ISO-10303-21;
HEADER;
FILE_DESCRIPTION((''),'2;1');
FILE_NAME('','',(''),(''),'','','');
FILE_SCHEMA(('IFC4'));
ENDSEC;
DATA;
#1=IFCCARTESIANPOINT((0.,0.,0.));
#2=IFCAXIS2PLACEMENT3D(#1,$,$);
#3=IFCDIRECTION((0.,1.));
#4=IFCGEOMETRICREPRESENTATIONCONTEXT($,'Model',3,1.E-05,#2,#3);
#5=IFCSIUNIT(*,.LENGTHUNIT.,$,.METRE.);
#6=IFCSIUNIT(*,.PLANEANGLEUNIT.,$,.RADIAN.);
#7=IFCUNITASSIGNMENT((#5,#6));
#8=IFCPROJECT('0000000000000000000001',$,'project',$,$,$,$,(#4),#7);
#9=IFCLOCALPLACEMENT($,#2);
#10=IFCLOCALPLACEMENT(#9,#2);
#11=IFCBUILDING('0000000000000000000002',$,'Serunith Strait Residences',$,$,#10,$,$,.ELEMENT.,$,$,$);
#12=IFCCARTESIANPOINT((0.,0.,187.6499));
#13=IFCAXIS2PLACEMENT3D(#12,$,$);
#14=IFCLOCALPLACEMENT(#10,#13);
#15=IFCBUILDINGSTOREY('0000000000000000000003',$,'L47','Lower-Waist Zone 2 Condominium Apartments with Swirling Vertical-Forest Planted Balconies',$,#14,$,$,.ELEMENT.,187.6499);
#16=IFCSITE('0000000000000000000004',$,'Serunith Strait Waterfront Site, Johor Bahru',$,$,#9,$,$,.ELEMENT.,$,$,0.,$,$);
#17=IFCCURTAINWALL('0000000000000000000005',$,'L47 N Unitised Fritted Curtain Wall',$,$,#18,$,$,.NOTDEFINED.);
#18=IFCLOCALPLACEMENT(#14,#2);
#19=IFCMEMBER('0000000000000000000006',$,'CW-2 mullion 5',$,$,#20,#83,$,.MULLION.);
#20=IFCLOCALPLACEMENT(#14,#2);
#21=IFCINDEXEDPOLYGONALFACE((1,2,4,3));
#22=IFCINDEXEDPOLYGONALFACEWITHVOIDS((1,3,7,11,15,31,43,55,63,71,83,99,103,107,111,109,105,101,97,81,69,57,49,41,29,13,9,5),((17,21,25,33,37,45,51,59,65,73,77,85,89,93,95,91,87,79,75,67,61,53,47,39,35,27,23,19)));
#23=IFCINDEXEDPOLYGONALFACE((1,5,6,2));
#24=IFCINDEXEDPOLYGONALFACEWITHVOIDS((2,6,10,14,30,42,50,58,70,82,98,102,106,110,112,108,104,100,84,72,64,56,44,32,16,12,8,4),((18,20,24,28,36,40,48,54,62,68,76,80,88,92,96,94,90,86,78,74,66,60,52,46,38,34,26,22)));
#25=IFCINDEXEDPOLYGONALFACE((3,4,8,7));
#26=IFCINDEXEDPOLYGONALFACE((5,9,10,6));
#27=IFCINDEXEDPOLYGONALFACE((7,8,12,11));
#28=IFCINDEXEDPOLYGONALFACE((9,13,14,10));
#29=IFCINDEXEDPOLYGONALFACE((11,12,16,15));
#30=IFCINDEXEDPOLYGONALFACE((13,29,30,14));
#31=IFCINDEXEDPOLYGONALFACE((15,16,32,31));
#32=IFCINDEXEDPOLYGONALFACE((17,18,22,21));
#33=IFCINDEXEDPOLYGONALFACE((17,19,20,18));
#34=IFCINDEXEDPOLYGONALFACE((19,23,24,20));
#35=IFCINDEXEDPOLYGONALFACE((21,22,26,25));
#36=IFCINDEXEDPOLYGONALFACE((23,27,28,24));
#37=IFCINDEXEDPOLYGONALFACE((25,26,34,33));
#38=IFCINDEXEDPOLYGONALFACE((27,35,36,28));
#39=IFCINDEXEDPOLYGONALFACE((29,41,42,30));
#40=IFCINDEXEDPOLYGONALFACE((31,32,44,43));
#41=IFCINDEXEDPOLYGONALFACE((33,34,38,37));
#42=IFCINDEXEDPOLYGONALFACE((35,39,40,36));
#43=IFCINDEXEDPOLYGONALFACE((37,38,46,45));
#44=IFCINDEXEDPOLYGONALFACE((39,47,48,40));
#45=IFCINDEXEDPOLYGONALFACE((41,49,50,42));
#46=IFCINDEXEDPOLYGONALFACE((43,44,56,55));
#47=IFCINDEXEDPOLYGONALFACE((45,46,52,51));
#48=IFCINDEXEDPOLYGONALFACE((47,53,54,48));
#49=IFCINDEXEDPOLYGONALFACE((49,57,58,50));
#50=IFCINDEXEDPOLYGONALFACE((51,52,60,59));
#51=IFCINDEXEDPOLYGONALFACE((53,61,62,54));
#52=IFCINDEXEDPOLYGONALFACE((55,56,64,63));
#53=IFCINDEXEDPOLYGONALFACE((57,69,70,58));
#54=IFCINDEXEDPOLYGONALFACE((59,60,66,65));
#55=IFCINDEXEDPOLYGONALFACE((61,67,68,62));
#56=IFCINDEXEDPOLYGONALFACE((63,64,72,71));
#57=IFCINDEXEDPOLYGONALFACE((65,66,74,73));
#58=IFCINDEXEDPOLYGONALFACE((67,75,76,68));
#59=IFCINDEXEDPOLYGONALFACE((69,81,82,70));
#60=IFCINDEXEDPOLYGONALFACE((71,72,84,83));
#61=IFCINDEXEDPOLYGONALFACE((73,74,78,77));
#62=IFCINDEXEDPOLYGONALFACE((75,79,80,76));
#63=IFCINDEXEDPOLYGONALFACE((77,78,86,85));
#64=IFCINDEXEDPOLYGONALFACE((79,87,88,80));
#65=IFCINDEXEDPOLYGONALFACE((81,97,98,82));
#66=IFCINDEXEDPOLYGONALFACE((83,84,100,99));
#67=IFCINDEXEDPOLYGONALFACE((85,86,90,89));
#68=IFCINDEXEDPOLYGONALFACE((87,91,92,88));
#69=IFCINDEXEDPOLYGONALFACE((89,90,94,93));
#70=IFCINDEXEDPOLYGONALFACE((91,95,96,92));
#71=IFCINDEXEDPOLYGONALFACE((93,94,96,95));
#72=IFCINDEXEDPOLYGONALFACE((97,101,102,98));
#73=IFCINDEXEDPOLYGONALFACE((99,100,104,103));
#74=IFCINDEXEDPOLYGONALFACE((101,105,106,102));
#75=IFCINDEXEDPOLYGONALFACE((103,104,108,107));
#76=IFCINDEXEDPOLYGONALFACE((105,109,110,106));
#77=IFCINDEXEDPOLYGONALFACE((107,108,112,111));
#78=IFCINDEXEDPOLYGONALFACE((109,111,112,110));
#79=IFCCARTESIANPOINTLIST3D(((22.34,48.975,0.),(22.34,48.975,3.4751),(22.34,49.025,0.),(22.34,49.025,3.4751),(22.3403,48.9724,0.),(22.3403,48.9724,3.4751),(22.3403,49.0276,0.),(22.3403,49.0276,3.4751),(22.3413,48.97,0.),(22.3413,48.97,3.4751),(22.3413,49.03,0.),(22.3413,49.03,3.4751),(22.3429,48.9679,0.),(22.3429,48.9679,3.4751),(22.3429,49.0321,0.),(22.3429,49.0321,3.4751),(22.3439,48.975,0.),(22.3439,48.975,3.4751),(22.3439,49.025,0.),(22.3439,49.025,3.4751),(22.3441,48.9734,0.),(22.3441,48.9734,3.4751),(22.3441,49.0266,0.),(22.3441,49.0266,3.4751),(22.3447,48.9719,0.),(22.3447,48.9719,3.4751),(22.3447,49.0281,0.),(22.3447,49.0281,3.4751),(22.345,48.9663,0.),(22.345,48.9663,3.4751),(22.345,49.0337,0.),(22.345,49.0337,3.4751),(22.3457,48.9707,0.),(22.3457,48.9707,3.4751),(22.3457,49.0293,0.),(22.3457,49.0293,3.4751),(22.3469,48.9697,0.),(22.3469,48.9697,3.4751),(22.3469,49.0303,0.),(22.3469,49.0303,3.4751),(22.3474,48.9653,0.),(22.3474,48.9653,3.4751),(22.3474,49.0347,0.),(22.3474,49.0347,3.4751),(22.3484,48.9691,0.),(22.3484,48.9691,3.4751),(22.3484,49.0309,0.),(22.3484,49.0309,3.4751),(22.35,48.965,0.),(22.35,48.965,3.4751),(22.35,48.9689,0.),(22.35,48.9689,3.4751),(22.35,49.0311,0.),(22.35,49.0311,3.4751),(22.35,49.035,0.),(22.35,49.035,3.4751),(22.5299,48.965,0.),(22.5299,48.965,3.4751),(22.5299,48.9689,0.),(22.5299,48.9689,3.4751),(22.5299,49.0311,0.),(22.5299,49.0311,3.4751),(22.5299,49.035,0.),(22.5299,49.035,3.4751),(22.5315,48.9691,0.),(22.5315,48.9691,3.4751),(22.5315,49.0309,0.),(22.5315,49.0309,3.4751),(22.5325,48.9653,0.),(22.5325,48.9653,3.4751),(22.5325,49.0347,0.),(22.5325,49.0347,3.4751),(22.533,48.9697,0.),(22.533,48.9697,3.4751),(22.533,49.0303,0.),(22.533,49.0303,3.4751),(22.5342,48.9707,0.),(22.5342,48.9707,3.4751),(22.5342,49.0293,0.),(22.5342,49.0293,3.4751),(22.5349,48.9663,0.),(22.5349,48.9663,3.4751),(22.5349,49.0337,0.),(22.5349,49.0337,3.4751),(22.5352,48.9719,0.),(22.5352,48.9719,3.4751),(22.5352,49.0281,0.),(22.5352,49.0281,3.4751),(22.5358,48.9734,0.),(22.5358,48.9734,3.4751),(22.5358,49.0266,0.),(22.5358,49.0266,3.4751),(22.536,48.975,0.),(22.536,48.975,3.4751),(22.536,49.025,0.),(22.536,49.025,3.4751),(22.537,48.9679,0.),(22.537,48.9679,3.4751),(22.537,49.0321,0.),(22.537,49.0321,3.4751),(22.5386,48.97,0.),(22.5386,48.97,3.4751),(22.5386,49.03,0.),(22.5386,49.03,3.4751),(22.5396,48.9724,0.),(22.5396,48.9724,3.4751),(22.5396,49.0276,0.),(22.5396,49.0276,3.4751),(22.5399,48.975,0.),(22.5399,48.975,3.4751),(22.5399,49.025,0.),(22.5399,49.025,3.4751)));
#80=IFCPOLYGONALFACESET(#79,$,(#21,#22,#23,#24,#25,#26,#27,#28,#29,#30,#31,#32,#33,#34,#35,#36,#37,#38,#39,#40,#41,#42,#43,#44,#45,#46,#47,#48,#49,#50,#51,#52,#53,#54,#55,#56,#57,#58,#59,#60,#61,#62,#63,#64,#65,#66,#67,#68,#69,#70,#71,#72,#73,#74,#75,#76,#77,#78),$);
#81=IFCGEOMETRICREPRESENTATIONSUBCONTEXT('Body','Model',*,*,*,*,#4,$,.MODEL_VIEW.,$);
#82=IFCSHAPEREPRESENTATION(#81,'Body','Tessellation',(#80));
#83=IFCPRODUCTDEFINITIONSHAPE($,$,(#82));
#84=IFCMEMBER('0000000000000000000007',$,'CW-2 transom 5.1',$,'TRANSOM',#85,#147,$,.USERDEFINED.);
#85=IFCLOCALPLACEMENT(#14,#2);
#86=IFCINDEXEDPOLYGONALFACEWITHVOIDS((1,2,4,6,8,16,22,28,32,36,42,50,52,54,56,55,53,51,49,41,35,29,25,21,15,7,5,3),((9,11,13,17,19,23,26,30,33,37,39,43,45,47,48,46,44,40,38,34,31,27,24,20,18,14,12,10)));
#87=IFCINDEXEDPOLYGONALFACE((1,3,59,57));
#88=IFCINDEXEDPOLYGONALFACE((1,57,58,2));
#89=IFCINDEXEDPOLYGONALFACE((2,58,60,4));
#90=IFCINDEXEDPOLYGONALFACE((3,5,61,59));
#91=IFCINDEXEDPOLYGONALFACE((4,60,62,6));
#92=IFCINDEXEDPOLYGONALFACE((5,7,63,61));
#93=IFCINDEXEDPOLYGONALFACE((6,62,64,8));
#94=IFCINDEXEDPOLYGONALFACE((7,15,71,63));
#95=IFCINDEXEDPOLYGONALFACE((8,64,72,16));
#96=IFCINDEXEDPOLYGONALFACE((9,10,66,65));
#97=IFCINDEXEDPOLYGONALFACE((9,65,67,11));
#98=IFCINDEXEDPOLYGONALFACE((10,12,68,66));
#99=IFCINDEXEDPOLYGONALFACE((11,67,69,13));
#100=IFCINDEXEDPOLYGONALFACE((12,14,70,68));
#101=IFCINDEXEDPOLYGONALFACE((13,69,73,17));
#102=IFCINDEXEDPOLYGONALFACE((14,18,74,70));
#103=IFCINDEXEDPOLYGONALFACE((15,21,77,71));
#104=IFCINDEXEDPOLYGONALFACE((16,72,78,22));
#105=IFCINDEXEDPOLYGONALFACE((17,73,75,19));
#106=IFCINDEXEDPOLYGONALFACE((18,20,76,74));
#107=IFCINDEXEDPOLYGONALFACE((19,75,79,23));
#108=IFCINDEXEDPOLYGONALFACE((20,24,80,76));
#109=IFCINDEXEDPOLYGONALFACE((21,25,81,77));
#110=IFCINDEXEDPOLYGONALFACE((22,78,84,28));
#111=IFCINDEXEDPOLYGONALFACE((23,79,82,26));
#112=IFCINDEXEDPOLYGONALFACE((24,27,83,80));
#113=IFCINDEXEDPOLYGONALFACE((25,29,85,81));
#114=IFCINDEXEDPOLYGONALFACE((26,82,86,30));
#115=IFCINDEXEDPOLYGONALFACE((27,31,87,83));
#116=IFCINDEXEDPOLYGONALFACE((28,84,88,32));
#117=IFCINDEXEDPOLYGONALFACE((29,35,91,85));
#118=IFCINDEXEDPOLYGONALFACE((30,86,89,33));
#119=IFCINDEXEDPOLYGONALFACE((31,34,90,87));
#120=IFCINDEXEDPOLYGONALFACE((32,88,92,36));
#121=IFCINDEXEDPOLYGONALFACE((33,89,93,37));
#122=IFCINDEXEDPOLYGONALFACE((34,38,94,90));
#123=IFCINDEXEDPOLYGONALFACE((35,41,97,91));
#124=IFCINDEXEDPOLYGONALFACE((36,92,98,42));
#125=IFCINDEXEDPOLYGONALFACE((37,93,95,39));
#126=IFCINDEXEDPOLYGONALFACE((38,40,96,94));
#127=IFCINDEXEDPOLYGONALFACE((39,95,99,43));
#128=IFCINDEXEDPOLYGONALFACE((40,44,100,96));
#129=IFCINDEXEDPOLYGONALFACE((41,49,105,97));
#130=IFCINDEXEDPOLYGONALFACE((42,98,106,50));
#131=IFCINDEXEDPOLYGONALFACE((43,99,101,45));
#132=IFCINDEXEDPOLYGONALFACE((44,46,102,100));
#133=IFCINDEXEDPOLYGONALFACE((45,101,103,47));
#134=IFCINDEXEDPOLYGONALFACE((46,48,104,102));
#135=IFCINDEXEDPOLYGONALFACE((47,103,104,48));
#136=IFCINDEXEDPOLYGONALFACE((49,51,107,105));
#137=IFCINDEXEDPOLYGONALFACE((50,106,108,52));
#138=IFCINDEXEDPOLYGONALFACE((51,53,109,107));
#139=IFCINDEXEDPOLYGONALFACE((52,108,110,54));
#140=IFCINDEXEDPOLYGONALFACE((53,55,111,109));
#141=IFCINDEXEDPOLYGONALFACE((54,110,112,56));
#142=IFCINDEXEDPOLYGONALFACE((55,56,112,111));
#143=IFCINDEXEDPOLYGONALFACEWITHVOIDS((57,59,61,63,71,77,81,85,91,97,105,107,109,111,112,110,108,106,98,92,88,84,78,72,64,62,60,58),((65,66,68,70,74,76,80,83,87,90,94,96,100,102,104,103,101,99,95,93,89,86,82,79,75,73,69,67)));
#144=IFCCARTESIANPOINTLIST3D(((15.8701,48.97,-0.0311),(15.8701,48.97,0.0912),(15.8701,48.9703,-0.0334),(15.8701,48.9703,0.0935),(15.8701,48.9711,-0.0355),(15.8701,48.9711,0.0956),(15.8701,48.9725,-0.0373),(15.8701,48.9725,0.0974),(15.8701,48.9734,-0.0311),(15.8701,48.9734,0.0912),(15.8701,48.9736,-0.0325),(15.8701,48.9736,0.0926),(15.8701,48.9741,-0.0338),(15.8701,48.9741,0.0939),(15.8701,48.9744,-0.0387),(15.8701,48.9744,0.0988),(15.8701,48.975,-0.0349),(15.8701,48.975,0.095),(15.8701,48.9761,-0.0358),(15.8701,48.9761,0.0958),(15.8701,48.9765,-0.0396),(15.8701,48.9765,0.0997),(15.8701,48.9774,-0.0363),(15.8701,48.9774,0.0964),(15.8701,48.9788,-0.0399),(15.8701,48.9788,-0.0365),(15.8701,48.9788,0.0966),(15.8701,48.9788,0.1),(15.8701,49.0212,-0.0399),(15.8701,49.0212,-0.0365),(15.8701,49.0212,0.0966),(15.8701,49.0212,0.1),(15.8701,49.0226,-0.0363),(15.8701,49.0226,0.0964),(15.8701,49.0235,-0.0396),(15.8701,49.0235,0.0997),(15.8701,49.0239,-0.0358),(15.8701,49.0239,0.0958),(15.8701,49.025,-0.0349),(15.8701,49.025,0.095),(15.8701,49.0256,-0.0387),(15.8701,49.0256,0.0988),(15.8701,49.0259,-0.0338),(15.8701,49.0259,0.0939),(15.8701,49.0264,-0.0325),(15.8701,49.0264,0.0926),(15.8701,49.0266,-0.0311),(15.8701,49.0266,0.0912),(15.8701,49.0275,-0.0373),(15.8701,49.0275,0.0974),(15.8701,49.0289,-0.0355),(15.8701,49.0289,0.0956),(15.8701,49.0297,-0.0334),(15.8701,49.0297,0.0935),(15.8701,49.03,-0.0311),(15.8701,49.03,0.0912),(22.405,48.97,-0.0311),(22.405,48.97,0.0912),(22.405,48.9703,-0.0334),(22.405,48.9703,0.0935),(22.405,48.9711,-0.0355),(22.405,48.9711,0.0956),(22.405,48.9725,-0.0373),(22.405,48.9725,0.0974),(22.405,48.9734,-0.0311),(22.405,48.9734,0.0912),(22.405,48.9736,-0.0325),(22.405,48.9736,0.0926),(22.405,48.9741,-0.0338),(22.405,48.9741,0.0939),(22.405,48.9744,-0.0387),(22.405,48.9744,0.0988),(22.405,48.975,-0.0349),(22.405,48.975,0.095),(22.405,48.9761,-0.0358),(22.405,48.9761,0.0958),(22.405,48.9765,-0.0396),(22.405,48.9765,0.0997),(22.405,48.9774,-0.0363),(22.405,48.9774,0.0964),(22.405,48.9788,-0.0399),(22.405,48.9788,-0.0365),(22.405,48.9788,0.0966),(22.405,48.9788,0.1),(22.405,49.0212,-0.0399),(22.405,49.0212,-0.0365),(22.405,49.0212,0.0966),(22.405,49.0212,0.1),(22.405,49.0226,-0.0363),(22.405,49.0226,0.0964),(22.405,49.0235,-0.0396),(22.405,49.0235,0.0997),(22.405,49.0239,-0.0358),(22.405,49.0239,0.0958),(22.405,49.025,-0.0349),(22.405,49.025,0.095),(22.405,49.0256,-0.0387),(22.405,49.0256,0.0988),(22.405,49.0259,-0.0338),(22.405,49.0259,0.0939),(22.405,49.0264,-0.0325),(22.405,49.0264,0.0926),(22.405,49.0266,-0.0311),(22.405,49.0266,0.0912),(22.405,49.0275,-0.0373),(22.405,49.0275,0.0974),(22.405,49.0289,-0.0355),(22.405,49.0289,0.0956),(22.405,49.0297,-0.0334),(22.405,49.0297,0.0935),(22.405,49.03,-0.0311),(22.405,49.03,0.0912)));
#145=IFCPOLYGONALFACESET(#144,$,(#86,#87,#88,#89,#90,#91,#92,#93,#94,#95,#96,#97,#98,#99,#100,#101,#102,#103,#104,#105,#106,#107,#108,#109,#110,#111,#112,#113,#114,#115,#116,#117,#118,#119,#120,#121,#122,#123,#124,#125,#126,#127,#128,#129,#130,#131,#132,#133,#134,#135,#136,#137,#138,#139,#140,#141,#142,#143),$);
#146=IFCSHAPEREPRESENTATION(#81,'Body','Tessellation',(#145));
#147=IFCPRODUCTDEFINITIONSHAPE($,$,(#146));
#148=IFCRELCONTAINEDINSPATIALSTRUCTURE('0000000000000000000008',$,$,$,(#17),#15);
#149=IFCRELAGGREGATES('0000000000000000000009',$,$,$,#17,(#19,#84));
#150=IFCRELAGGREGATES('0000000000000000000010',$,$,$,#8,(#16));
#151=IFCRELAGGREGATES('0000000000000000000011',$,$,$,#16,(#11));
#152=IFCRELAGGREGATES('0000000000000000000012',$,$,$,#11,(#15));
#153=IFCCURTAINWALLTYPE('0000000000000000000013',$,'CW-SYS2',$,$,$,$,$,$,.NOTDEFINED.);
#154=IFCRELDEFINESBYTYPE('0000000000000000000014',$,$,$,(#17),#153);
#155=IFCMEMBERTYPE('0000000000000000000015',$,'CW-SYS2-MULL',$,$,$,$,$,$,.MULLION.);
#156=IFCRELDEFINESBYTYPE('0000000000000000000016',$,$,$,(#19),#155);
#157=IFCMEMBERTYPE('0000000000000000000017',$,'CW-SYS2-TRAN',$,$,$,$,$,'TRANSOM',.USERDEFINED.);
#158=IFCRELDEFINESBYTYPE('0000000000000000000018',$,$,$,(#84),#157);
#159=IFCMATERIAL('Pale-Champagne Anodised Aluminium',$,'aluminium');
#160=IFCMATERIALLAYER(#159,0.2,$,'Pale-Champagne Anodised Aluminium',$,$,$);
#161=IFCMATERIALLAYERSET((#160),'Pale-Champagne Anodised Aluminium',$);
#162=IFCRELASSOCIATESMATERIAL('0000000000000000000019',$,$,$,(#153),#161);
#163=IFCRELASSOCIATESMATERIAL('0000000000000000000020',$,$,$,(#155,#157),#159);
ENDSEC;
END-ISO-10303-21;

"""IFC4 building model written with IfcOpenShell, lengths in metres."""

from ifc_helpers import new_model, si_unit, direction, frame, origin, origin_2d, place, context, subcontext, project, spatial, hollow_rectangle, extrude, source, transform, mapped, material, layer, layer_set, material_profile, profile_set, type_object, element, aggregate, save


model = new_model("IFC4")

# Units and contexts
model_context = context("Model", 3, precision=1e-05, world=origin(), true_north=direction((0.0, 1.0)))
body_context = subcontext(model_context, "Body", "Model", "MODEL_VIEW")
ifc_project = project(units=[si_unit("LENGTHUNIT", "METRE"), si_unit("PLANEANGLEUNIT", "RADIAN")], contexts=[model_context])

# Site, building, storey
site_placement = place(None, origin())
site = spatial("IfcSite", under=ifc_project, at=site_placement, Name="Serunith Strait Waterfront Site, Johor Bahru", CompositionType="ELEMENT", RefElevation=0.0)
building_placement = place(site_placement, origin())
building = spatial("IfcBuilding", under=site, at=building_placement, Name="Serunith Strait Residences", CompositionType="ELEMENT")
storey_placement = place(building_placement, frame((0.0, 0.0, 187.6499)))
storey = spatial("IfcBuildingStorey", under=building, at=storey_placement, Name="L47", Description="Lower-Waist Zone 2 Condominium Apartments with Swirling Vertical-Forest Planted Balconies", CompositionType="ELEMENT", Elevation=187.6499)

# Curtain wall, members
ifc_material_1 = material(Name="Pale-Champagne Anodised Aluminium", Category="aluminium")
ifc_layer_1 = layer(ifc_material_1, 0.2, Name="Pale-Champagne Anodised Aluminium")
ifc_layer_set_1 = layer_set([ifc_layer_1], Name="Pale-Champagne Anodised Aluminium")
curtain_wall_type = type_object("IfcCurtainWallType", Name="CW-SYS2", PredefinedType="NOTDEFINED", material=ifc_layer_set_1)
curtain_wall_placement = place(storey_placement, origin())
curtain_wall = element("IfcCurtainWall", 1, at=curtain_wall_placement, inside=storey, type_object=curtain_wall_type, Name="L47 N Unitised Fritted Curtain Wall", PredefinedType="NOTDEFINED")
ifc_material_profile_1 = material_profile(ifc_material_1, hollow_rectangle(XDim=0.0701, YDim=0.2, WallThickness=0.0039, InnerFilletRadius=0.0061, OuterFilletRadius=0.01, at=origin_2d()), Name="ALU 200x70x4")
ifc_profile_set_1 = profile_set([ifc_material_profile_1], Name="Pale-Champagne Anodised Aluminium")
member_type_1 = type_object("IfcMemberType", Name="CW-SYS2-MULL", PredefinedType="MULLION", material=ifc_profile_set_1)
shared_shape_1 = source(origin(), body_context, "Body", "SweptSolid", [
    extrude(hollow_rectangle(XDim=0.0701, YDim=0.2, WallThickness=0.0039, InnerFilletRadius=0.0061, OuterFilletRadius=0.01, at=origin_2d()), origin(), (0.0, 0.0, 1.0), 3.4751),
])
member_1_placement = place(storey_placement, frame((22.4399, 49.0, 0.0), z_axis=(0.0, 0.0, 1.0), x_axis=(0.0, -1.0, 0.0)))
member_1 = element("IfcMember", 2, at=member_1_placement, type_object=member_type_1, Name="CW-2 mullion 5", PredefinedType="MULLION", context=body_context, shape_type="MappedRepresentation", body=[
    mapped(shared_shape_1, transform((0.0, 0.0, 0.0), scale=1.0)),
])
ifc_material_profile_2 = material_profile(ifc_material_1, hollow_rectangle(XDim=0.0601, YDim=0.1399, WallThickness=0.0034, InnerFilletRadius=0.0054, OuterFilletRadius=0.0088, at=origin_2d()), Name="ALU 140x60x3.5")
ifc_profile_set_2 = profile_set([ifc_material_profile_2], Name="Pale-Champagne Anodised Aluminium")
member_type_2 = type_object("IfcMemberType", Name="CW-SYS2-TRAN", ElementType="TRANSOM", PredefinedType="USERDEFINED", material=ifc_profile_set_2)
shared_shape_2 = source(origin(), body_context, "Body", "SweptSolid", [
    extrude(hollow_rectangle(XDim=0.0601, YDim=0.1399, WallThickness=0.0034, InnerFilletRadius=0.0054, OuterFilletRadius=0.0088, at=origin_2d()), origin(), (0.0, 0.0, 1.0), 6.5349),
])
member_2_placement = place(storey_placement, frame((22.405, 49.0, 0.03), z_axis=(-1.0, 0.0, 0.0), x_axis=(0.0, -1.0, 0.0)))
member_2 = element("IfcMember", 3, at=member_2_placement, type_object=member_type_2, Name="CW-2 transom 5.1", ObjectType="TRANSOM", PredefinedType="USERDEFINED", context=body_context, shape_type="MappedRepresentation", body=[
    mapped(shared_shape_2, transform((0.0, 0.0, 0.0), scale=1.0)),
])
aggregate(curtain_wall, [member_1, member_2])

save(model, "model.ifc")
